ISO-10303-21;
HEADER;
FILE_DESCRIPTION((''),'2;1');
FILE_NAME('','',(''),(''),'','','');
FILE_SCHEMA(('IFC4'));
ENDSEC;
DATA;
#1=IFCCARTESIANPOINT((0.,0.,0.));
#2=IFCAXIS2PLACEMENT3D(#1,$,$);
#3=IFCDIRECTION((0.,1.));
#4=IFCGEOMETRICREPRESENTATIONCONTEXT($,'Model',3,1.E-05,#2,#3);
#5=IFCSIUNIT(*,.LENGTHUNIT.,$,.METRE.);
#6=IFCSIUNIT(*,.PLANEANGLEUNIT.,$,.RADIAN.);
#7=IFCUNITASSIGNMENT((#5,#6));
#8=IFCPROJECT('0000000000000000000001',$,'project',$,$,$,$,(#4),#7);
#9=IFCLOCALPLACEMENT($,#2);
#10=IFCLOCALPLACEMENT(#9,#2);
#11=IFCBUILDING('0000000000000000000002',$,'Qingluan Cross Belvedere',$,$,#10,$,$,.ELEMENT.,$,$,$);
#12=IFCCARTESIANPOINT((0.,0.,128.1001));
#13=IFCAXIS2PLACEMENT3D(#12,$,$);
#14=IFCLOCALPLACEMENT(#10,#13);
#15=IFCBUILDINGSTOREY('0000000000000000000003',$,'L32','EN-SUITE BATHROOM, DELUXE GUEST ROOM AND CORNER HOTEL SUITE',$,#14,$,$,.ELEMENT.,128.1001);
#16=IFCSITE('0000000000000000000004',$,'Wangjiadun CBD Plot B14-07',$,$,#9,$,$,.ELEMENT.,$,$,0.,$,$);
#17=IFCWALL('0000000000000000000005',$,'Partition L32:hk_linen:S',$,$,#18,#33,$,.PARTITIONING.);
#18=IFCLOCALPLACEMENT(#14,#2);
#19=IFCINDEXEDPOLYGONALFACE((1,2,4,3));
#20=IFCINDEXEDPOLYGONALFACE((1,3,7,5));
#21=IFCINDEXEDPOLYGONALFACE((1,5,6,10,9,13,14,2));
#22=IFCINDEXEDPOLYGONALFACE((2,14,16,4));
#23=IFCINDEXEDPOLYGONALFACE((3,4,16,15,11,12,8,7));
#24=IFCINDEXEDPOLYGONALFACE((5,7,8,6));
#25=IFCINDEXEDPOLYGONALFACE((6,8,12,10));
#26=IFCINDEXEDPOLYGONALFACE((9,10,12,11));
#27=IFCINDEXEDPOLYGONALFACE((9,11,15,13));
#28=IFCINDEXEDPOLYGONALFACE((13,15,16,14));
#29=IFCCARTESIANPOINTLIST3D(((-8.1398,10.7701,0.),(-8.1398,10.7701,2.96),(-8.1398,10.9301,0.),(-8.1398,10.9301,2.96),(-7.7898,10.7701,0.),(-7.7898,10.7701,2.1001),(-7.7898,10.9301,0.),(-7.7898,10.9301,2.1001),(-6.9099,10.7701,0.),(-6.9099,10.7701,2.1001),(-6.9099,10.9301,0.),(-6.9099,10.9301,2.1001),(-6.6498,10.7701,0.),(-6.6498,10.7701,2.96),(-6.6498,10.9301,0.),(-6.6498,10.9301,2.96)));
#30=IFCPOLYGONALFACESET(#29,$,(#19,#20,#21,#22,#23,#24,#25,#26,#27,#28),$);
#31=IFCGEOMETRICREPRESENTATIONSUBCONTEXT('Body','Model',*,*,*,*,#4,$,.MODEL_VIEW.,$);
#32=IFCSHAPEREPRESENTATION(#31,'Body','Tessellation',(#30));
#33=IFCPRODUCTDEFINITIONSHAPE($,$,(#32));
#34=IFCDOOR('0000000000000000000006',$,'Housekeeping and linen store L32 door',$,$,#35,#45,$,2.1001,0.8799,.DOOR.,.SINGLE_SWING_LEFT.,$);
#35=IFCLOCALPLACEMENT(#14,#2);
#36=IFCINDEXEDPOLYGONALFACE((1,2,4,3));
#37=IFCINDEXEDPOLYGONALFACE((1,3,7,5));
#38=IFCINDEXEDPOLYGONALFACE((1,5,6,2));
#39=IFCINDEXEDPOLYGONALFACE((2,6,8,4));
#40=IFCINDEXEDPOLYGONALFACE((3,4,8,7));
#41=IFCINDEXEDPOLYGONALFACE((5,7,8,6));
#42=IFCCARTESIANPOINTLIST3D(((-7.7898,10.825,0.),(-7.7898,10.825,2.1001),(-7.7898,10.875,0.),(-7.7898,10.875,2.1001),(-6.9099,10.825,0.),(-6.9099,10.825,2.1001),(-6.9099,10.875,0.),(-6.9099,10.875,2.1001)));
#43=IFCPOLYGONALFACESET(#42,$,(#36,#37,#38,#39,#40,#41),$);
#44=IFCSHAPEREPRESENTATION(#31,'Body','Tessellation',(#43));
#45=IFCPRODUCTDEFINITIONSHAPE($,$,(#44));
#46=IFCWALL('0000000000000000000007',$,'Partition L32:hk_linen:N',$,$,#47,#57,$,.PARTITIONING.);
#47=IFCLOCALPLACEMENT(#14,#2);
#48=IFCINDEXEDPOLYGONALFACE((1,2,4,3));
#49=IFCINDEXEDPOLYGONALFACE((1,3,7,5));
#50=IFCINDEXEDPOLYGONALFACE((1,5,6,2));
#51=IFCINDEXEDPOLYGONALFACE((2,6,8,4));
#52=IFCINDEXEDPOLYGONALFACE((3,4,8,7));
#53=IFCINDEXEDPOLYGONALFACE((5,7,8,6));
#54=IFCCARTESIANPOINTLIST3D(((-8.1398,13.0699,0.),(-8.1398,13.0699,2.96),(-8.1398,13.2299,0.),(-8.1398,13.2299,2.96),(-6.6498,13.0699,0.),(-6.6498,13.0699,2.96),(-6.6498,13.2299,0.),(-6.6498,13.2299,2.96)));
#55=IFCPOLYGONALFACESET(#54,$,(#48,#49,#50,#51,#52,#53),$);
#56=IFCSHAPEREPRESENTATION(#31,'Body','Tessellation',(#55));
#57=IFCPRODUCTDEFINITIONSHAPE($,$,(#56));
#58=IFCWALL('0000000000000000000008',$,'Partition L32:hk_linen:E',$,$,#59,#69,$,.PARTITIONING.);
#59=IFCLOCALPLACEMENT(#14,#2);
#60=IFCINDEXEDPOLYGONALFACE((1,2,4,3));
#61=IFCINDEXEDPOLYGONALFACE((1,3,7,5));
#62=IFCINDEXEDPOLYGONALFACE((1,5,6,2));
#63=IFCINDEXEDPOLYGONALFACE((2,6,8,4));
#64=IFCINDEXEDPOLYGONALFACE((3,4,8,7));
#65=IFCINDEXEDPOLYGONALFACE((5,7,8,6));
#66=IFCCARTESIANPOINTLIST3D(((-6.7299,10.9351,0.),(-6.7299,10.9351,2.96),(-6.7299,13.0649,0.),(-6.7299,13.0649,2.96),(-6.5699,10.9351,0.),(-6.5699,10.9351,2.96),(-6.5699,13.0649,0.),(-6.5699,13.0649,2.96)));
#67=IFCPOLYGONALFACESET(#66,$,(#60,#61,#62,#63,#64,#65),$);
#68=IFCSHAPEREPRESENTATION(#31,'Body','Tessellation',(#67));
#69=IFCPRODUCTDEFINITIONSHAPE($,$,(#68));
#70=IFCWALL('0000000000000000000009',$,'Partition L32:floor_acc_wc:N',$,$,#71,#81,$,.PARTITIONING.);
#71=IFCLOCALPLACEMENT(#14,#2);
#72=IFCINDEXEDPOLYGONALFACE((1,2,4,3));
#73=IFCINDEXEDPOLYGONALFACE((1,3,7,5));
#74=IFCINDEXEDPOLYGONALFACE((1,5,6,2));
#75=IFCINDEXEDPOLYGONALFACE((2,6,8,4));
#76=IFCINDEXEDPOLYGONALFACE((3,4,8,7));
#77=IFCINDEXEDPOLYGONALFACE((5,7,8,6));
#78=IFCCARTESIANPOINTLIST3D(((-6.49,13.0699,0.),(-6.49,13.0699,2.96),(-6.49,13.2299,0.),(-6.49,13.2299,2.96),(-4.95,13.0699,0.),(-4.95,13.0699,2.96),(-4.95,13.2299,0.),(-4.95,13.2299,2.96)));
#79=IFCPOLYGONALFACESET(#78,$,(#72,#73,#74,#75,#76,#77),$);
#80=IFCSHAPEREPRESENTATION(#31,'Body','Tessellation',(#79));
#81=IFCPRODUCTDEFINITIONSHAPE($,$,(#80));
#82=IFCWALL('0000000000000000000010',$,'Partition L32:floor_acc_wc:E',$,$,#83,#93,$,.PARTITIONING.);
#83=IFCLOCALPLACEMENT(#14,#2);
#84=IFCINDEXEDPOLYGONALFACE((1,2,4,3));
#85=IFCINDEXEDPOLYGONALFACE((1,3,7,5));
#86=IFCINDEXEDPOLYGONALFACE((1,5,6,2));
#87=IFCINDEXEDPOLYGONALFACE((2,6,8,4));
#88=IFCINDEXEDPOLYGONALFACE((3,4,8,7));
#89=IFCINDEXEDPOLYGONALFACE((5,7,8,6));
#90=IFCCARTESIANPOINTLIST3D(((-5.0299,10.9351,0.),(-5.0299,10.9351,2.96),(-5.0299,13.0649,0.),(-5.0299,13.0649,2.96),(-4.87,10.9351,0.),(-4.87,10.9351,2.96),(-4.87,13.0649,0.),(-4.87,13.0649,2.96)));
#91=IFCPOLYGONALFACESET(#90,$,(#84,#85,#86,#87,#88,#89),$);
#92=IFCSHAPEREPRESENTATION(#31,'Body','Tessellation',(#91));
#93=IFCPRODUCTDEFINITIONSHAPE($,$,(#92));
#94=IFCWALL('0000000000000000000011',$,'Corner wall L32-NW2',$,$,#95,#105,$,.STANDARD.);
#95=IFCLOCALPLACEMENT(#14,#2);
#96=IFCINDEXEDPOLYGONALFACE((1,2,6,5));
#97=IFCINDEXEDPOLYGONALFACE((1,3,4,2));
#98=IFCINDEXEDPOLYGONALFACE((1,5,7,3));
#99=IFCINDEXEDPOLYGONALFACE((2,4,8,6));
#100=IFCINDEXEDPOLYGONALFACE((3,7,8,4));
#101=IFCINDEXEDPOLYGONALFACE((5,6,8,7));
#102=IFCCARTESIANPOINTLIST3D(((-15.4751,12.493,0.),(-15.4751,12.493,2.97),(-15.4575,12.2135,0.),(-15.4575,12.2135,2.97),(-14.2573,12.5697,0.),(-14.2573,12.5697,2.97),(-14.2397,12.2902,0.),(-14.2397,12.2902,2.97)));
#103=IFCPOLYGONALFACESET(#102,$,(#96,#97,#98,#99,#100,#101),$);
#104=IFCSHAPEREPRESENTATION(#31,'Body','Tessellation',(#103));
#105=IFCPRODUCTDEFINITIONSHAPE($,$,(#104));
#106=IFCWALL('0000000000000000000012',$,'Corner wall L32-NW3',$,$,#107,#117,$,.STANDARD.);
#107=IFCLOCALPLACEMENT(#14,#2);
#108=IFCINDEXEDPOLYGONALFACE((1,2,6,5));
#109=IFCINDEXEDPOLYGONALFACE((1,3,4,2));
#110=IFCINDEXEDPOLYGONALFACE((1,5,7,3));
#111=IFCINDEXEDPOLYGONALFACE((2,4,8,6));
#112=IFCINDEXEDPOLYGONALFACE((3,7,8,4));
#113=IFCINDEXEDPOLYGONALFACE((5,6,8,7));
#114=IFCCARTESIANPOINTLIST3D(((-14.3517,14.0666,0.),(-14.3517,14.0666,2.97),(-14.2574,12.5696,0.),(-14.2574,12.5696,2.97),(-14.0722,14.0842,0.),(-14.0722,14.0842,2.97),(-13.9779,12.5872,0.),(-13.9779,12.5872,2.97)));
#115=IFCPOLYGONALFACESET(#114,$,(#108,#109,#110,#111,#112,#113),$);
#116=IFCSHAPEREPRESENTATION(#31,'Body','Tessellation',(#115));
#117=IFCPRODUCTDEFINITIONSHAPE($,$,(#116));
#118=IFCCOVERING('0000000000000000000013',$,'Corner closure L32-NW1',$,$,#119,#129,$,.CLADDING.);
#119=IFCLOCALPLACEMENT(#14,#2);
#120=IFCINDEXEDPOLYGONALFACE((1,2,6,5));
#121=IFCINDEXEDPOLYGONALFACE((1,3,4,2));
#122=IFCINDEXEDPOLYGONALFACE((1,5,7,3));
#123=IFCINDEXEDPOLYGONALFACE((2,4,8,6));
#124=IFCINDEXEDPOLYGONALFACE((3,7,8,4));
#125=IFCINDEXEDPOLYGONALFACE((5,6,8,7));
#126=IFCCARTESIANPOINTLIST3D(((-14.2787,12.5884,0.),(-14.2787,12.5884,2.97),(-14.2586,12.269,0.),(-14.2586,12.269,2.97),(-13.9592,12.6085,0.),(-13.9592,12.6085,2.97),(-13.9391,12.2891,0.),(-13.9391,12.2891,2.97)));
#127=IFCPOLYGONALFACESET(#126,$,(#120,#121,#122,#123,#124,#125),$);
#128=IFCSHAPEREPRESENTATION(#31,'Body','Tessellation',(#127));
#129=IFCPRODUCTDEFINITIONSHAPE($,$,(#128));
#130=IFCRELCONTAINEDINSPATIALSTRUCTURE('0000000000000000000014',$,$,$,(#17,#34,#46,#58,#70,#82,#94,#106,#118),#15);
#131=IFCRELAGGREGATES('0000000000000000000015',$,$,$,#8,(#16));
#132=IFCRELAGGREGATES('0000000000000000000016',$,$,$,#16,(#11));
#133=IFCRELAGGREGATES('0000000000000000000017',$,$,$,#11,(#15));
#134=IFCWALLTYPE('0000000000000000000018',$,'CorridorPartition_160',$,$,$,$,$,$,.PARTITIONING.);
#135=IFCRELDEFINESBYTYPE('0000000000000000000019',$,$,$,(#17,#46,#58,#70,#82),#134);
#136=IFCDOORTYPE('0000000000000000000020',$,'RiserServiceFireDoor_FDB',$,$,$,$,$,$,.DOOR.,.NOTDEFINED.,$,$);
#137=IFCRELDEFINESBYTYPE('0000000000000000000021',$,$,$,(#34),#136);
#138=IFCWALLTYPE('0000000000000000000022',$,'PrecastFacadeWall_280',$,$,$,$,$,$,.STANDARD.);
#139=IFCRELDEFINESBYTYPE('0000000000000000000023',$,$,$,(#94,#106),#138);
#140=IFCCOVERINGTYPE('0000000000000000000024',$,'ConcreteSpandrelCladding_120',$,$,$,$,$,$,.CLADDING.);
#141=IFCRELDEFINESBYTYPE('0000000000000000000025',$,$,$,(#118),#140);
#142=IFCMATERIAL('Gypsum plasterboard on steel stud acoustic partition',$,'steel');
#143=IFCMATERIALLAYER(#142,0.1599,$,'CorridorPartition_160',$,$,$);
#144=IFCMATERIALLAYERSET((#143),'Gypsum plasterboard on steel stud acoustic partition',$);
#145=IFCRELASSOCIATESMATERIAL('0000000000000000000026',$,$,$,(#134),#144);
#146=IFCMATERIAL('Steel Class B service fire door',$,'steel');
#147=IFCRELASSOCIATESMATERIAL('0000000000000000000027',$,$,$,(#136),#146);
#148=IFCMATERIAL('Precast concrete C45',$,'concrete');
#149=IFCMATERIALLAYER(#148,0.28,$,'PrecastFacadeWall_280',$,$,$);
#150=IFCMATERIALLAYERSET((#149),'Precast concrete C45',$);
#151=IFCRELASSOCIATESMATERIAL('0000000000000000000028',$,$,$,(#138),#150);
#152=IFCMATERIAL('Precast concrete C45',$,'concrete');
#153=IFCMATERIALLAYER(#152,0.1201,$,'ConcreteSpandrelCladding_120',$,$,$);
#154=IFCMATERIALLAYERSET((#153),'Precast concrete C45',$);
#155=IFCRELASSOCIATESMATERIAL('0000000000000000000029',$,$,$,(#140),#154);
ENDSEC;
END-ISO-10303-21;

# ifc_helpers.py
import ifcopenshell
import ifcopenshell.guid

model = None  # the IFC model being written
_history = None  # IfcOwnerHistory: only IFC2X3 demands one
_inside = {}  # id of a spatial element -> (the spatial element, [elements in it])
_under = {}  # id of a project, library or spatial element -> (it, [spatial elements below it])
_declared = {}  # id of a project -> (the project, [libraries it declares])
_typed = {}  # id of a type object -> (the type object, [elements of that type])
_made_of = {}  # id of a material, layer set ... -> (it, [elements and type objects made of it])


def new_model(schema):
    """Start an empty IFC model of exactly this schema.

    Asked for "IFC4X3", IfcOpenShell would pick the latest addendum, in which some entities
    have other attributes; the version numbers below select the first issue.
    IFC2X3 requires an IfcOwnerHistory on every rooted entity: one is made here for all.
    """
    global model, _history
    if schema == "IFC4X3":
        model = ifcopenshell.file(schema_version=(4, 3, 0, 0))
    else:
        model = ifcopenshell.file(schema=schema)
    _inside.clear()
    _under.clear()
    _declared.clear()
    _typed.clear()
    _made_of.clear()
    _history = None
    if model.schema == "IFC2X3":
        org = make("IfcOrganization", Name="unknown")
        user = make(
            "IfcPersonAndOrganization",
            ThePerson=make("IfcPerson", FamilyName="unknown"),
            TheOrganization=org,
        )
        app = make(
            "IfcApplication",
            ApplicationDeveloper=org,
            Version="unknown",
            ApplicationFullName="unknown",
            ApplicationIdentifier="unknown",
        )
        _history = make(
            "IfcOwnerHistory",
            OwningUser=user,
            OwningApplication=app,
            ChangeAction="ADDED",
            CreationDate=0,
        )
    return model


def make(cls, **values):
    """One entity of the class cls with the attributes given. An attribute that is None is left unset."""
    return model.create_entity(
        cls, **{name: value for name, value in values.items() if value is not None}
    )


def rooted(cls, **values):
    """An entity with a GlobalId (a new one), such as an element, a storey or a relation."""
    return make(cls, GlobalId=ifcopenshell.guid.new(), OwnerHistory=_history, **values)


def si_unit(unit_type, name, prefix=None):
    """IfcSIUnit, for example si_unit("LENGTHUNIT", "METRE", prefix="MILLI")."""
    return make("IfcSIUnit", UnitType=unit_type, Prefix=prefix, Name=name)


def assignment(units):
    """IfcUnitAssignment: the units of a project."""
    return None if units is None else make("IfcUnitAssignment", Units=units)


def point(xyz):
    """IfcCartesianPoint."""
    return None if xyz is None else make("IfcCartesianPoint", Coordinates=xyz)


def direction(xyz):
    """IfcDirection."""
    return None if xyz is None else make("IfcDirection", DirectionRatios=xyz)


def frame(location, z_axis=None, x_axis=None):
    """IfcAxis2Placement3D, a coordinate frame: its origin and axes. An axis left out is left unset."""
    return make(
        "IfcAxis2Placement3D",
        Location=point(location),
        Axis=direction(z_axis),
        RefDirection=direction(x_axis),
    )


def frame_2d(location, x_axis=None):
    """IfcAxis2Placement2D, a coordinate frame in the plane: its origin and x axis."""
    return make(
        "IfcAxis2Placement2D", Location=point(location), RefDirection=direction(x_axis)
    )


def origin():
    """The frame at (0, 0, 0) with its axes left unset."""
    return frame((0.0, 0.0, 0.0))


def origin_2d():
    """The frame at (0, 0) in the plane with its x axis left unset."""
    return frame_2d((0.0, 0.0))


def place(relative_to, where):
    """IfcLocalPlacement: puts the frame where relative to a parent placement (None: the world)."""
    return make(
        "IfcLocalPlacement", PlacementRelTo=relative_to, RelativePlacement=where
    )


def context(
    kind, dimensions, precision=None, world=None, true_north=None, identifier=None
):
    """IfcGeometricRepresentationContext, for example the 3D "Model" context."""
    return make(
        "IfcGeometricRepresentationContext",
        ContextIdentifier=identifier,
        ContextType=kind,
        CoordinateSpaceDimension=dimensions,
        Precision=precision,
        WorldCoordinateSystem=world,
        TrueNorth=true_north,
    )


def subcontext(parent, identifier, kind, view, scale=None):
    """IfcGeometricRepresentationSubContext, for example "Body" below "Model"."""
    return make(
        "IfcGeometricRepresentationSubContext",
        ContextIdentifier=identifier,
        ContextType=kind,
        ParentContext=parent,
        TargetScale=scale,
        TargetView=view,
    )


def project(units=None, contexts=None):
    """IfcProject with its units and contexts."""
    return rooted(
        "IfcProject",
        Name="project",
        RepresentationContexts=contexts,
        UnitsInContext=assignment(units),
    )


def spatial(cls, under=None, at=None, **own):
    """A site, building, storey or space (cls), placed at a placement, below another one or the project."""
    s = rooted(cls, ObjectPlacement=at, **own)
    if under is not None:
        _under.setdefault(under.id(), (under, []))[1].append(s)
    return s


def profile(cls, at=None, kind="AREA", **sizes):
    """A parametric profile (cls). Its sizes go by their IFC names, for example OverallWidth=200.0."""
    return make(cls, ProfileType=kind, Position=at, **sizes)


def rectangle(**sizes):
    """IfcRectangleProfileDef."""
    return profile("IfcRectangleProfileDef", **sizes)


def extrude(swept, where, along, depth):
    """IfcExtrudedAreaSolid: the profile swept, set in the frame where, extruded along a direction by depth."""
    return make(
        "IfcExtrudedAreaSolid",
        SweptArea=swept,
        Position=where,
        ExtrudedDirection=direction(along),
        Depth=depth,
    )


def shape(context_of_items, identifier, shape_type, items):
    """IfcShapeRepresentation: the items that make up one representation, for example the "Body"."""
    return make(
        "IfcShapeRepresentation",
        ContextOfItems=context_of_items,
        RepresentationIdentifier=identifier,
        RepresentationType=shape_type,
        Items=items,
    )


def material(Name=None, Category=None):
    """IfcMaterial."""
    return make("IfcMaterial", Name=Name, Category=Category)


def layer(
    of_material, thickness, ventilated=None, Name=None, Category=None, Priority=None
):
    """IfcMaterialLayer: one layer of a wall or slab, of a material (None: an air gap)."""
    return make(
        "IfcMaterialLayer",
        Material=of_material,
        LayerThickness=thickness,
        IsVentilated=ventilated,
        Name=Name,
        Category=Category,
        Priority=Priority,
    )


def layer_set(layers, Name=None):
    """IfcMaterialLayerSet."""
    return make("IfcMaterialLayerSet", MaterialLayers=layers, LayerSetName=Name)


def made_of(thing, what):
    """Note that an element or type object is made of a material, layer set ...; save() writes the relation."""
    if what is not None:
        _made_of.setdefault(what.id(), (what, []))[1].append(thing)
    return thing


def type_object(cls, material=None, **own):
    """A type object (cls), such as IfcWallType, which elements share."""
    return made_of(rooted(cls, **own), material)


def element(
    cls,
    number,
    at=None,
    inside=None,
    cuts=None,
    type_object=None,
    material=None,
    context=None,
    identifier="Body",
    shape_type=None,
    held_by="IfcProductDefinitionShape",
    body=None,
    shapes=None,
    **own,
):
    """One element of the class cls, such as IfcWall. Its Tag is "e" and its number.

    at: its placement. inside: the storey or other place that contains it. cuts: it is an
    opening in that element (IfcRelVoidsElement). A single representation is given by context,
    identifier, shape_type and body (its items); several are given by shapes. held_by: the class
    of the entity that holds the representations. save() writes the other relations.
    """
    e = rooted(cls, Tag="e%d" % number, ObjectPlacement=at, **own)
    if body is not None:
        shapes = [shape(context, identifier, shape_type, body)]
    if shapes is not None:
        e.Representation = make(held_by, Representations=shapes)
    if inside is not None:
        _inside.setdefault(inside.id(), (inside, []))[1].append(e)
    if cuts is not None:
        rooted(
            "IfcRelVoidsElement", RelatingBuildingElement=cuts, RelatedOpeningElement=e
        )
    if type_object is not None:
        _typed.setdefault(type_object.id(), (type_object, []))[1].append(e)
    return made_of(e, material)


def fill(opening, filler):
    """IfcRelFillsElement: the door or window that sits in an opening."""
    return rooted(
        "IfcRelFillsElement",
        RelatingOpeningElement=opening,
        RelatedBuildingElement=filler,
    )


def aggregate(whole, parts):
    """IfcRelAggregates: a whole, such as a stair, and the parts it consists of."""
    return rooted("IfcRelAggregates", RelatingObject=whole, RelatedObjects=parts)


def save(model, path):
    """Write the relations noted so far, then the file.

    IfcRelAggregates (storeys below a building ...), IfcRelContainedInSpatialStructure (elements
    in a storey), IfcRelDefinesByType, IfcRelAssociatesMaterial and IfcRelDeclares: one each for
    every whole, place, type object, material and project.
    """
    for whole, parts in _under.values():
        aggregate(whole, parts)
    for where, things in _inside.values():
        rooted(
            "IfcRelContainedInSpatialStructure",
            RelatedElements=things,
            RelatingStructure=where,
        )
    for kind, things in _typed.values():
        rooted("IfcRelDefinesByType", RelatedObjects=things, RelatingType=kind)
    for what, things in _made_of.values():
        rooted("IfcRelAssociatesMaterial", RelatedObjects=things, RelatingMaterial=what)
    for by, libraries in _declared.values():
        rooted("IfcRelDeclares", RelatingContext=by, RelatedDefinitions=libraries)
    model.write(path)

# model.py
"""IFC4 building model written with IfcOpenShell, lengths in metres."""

from ifc_helpers import new_model, si_unit, direction, frame, frame_2d, origin, origin_2d, place, context, subcontext, project, spatial, rectangle, extrude, material, layer, layer_set, type_object, element, fill, save


model = new_model("IFC4")

# Units and contexts
model_context = context("Model", 3, precision=1e-05, world=origin(), true_north=direction((0.0, 1.0)))
body_context = subcontext(model_context, "Body", "Model", "MODEL_VIEW")
ifc_project = project(units=[si_unit("LENGTHUNIT", "METRE"), si_unit("PLANEANGLEUNIT", "RADIAN")], contexts=[model_context])

# Site, building, storey
site_placement = place(None, origin())
site = spatial("IfcSite", under=ifc_project, at=site_placement, Name="Wangjiadun CBD Plot B14-07", CompositionType="ELEMENT", RefElevation=0.0)
building_placement = place(site_placement, origin())
building = spatial("IfcBuilding", under=site, at=building_placement, Name="Qingluan Cross Belvedere", CompositionType="ELEMENT")
storey_placement = place(building_placement, frame((0.0, 0.0, 128.1001)))
storey = spatial("IfcBuildingStorey", under=building, at=storey_placement, Name="L32", Description="EN-SUITE BATHROOM, DELUXE GUEST ROOM AND CORNER HOTEL SUITE", CompositionType="ELEMENT", Elevation=128.1001)

# Shared definitions
ifc_material_1 = material(Name="Gypsum plasterboard on steel stud acoustic partition", Category="steel")
ifc_layer_1 = layer(ifc_material_1, 0.1599, Name="CorridorPartition_160")
ifc_layer_set_1 = layer_set([ifc_layer_1], Name="Gypsum plasterboard on steel stud acoustic partition")
wall_type_1 = type_object("IfcWallType", Name="CorridorPartition_160", PredefinedType="PARTITIONING", material=ifc_layer_set_1)

# Wall, opening, door
wall_1_placement = place(storey_placement, frame((-8.1399, 10.8501, 0.0), z_axis=(0.0, 0.0, 1.0), x_axis=(1.0, 0.0, 0.0)))
wall_1 = element("IfcWall", 1, at=wall_1_placement, inside=storey, type_object=wall_type_1, Name="Partition L32:hk_linen:S", PredefinedType="PARTITIONING", context=body_context, shape_type="SweptSolid", body=[
    extrude(rectangle(XDim=1.49, YDim=0.1599, at=frame_2d((0.7451, 0.0))), origin(), (0.0, 0.0, 1.0), 2.96),
])
opening_1_placement = place(wall_1_placement, frame((0.3501, 0.0, 0.0)))
opening_1 = element("IfcOpeningElement", 2, at=opening_1_placement, cuts=wall_1, PredefinedType="OPENING", context=body_context, shape_type="SweptSolid", body=[
    extrude(rectangle(XDim=0.8799, YDim=2.1001, at=frame_2d((0.4399, 1.05))), frame((0.0, 0.0898, 0.0), z_axis=(0.0, -1.0, 0.0), x_axis=(1.0, 0.0, 0.0)), (0.0, 0.0, 1.0), 0.1799),
])
ifc_material_2 = material(Name="Steel Class B service fire door", Category="steel")
door_type_1 = type_object("IfcDoorType", Name="RiserServiceFireDoor_FDB", OperationType="NOTDEFINED", PredefinedType="DOOR", material=ifc_material_2)
door_1_placement = place(opening_1_placement, origin())
door_1 = element("IfcDoor", 3, at=door_1_placement, inside=storey, type_object=door_type_1, Name="Housekeeping and linen store L32 door", OperationType="SINGLE_SWING_LEFT", OverallHeight=2.1001, OverallWidth=0.8799, PredefinedType="DOOR", context=body_context, shape_type="SweptSolid", body=[
    extrude(rectangle(XDim=0.8799, YDim=2.1001, at=frame_2d((0.4399, 1.05))), frame((0.0, 0.0249, 0.0), z_axis=(0.0, -1.0, 0.0), x_axis=(1.0, 0.0, 0.0)), (0.0, 0.0, 1.0), 0.05),
])
fill(opening_1, door_1)

# Walls
wall_2_placement = place(storey_placement, frame((-8.1399, 13.1499, 0.0), z_axis=(0.0, 0.0, 1.0), x_axis=(1.0, 0.0, 0.0)))
element("IfcWall", 4, at=wall_2_placement, inside=storey, type_object=wall_type_1, Name="Partition L32:hk_linen:N", PredefinedType="PARTITIONING", context=body_context, shape_type="SweptSolid", body=[
    extrude(rectangle(XDim=1.49, YDim=0.1599, at=frame_2d((0.7451, 0.0))), origin(), (0.0, 0.0, 1.0), 2.96),
])
wall_3_placement = place(storey_placement, frame((-6.6499, 10.9351, 0.0), z_axis=(0.0, 0.0, 1.0), x_axis=(0.0, 1.0, 0.0)))
element("IfcWall", 5, at=wall_3_placement, inside=storey, type_object=wall_type_1, Name="Partition L32:hk_linen:E", PredefinedType="PARTITIONING", context=body_context, shape_type="SweptSolid", body=[
    extrude(rectangle(XDim=2.1299, YDim=0.1599, at=frame_2d((1.0649, 0.0))), origin(), (0.0, 0.0, 1.0), 2.96),
])

# Walls
wall_4_placement = place(storey_placement, frame((-6.49, 13.1499, 0.0), z_axis=(0.0, 0.0, 1.0), x_axis=(1.0, 0.0, 0.0)))
element("IfcWall", 6, at=wall_4_placement, inside=storey, type_object=wall_type_1, Name="Partition L32:floor_acc_wc:N", PredefinedType="PARTITIONING", context=body_context, shape_type="SweptSolid", body=[
    extrude(rectangle(XDim=1.54, YDim=0.1599, at=frame_2d((0.77, 0.0))), origin(), (0.0, 0.0, 1.0), 2.96),
])
wall_5_placement = place(storey_placement, frame((-4.95, 10.9351, 0.0), z_axis=(0.0, 0.0, 1.0), x_axis=(0.0, 1.0, 0.0)))
element("IfcWall", 7, at=wall_5_placement, inside=storey, type_object=wall_type_1, Name="Partition L32:floor_acc_wc:E", PredefinedType="PARTITIONING", context=body_context, shape_type="SweptSolid", body=[
    extrude(rectangle(XDim=2.1299, YDim=0.1599, at=frame_2d((1.0649, 0.0))), origin(), (0.0, 0.0, 1.0), 2.96),
])
ifc_material_3 = material(Name="Precast concrete C45", Category="concrete")
ifc_layer_2 = layer(ifc_material_3, 0.28, Name="PrecastFacadeWall_280")
ifc_layer_set_2 = layer_set([ifc_layer_2], Name="Precast concrete C45")
wall_type_2 = type_object("IfcWallType", Name="PrecastFacadeWall_280", PredefinedType="STANDARD", material=ifc_layer_set_2)
wall_6_placement = place(storey_placement, frame((-15.4663, 12.3533, 0.0), z_axis=(0.0, 0.0, 1.0), x_axis=(0.998024, 0.062827, 0.0)))
element("IfcWall", 8, at=wall_6_placement, inside=storey, type_object=wall_type_2, Name="Corner wall L32-NW2", PredefinedType="STANDARD", context=body_context, shape_type="SweptSolid", body=[
    extrude(rectangle(XDim=1.2202, YDim=0.28, at=frame_2d((0.6101, 0.0))), origin(), (0.0, 0.0, 1.0), 2.97),
])
wall_7_placement = place(storey_placement, frame((-14.1177, 12.5784, 0.0), z_axis=(0.0, 0.0, 1.0), x_axis=(-0.062824, 0.998025, 0.0)))
element("IfcWall", 9, at=wall_7_placement, inside=storey, type_object=wall_type_2, Name="Corner wall L32-NW3", PredefinedType="STANDARD", context=body_context, shape_type="SweptSolid", body=[
    extrude(rectangle(XDim=1.5, YDim=0.28, at=frame_2d((0.75, 0.0))), origin(), (0.0, 0.0, 1.0), 2.97),
])

# Covering
ifc_material_4 = material(Name="Precast concrete C45", Category="concrete")
ifc_layer_3 = layer(ifc_material_4, 0.1201, Name="ConcreteSpandrelCladding_120")
ifc_layer_set_3 = layer_set([ifc_layer_3], Name="Precast concrete C45")
covering_type = type_object("IfcCoveringType", Name="ConcreteSpandrelCladding_120", PredefinedType="CLADDING", material=ifc_layer_set_3)
covering_placement = place(storey_placement, frame((-14.1089, 12.4387, 0.0), z_axis=(0.0, 0.0, 1.0), x_axis=(0.998027, 0.062791, 0.0)))
element("IfcCovering", 10, at=covering_placement, inside=storey, type_object=covering_type, Name="Corner closure L32-NW1", PredefinedType="CLADDING", context=body_context, shape_type="SweptSolid", body=[
    extrude(rectangle(XDim=0.3201, YDim=0.3201, at=origin_2d()), origin(), (0.0, 0.0, 1.0), 2.97),
])

save(model, "model.ifc")
